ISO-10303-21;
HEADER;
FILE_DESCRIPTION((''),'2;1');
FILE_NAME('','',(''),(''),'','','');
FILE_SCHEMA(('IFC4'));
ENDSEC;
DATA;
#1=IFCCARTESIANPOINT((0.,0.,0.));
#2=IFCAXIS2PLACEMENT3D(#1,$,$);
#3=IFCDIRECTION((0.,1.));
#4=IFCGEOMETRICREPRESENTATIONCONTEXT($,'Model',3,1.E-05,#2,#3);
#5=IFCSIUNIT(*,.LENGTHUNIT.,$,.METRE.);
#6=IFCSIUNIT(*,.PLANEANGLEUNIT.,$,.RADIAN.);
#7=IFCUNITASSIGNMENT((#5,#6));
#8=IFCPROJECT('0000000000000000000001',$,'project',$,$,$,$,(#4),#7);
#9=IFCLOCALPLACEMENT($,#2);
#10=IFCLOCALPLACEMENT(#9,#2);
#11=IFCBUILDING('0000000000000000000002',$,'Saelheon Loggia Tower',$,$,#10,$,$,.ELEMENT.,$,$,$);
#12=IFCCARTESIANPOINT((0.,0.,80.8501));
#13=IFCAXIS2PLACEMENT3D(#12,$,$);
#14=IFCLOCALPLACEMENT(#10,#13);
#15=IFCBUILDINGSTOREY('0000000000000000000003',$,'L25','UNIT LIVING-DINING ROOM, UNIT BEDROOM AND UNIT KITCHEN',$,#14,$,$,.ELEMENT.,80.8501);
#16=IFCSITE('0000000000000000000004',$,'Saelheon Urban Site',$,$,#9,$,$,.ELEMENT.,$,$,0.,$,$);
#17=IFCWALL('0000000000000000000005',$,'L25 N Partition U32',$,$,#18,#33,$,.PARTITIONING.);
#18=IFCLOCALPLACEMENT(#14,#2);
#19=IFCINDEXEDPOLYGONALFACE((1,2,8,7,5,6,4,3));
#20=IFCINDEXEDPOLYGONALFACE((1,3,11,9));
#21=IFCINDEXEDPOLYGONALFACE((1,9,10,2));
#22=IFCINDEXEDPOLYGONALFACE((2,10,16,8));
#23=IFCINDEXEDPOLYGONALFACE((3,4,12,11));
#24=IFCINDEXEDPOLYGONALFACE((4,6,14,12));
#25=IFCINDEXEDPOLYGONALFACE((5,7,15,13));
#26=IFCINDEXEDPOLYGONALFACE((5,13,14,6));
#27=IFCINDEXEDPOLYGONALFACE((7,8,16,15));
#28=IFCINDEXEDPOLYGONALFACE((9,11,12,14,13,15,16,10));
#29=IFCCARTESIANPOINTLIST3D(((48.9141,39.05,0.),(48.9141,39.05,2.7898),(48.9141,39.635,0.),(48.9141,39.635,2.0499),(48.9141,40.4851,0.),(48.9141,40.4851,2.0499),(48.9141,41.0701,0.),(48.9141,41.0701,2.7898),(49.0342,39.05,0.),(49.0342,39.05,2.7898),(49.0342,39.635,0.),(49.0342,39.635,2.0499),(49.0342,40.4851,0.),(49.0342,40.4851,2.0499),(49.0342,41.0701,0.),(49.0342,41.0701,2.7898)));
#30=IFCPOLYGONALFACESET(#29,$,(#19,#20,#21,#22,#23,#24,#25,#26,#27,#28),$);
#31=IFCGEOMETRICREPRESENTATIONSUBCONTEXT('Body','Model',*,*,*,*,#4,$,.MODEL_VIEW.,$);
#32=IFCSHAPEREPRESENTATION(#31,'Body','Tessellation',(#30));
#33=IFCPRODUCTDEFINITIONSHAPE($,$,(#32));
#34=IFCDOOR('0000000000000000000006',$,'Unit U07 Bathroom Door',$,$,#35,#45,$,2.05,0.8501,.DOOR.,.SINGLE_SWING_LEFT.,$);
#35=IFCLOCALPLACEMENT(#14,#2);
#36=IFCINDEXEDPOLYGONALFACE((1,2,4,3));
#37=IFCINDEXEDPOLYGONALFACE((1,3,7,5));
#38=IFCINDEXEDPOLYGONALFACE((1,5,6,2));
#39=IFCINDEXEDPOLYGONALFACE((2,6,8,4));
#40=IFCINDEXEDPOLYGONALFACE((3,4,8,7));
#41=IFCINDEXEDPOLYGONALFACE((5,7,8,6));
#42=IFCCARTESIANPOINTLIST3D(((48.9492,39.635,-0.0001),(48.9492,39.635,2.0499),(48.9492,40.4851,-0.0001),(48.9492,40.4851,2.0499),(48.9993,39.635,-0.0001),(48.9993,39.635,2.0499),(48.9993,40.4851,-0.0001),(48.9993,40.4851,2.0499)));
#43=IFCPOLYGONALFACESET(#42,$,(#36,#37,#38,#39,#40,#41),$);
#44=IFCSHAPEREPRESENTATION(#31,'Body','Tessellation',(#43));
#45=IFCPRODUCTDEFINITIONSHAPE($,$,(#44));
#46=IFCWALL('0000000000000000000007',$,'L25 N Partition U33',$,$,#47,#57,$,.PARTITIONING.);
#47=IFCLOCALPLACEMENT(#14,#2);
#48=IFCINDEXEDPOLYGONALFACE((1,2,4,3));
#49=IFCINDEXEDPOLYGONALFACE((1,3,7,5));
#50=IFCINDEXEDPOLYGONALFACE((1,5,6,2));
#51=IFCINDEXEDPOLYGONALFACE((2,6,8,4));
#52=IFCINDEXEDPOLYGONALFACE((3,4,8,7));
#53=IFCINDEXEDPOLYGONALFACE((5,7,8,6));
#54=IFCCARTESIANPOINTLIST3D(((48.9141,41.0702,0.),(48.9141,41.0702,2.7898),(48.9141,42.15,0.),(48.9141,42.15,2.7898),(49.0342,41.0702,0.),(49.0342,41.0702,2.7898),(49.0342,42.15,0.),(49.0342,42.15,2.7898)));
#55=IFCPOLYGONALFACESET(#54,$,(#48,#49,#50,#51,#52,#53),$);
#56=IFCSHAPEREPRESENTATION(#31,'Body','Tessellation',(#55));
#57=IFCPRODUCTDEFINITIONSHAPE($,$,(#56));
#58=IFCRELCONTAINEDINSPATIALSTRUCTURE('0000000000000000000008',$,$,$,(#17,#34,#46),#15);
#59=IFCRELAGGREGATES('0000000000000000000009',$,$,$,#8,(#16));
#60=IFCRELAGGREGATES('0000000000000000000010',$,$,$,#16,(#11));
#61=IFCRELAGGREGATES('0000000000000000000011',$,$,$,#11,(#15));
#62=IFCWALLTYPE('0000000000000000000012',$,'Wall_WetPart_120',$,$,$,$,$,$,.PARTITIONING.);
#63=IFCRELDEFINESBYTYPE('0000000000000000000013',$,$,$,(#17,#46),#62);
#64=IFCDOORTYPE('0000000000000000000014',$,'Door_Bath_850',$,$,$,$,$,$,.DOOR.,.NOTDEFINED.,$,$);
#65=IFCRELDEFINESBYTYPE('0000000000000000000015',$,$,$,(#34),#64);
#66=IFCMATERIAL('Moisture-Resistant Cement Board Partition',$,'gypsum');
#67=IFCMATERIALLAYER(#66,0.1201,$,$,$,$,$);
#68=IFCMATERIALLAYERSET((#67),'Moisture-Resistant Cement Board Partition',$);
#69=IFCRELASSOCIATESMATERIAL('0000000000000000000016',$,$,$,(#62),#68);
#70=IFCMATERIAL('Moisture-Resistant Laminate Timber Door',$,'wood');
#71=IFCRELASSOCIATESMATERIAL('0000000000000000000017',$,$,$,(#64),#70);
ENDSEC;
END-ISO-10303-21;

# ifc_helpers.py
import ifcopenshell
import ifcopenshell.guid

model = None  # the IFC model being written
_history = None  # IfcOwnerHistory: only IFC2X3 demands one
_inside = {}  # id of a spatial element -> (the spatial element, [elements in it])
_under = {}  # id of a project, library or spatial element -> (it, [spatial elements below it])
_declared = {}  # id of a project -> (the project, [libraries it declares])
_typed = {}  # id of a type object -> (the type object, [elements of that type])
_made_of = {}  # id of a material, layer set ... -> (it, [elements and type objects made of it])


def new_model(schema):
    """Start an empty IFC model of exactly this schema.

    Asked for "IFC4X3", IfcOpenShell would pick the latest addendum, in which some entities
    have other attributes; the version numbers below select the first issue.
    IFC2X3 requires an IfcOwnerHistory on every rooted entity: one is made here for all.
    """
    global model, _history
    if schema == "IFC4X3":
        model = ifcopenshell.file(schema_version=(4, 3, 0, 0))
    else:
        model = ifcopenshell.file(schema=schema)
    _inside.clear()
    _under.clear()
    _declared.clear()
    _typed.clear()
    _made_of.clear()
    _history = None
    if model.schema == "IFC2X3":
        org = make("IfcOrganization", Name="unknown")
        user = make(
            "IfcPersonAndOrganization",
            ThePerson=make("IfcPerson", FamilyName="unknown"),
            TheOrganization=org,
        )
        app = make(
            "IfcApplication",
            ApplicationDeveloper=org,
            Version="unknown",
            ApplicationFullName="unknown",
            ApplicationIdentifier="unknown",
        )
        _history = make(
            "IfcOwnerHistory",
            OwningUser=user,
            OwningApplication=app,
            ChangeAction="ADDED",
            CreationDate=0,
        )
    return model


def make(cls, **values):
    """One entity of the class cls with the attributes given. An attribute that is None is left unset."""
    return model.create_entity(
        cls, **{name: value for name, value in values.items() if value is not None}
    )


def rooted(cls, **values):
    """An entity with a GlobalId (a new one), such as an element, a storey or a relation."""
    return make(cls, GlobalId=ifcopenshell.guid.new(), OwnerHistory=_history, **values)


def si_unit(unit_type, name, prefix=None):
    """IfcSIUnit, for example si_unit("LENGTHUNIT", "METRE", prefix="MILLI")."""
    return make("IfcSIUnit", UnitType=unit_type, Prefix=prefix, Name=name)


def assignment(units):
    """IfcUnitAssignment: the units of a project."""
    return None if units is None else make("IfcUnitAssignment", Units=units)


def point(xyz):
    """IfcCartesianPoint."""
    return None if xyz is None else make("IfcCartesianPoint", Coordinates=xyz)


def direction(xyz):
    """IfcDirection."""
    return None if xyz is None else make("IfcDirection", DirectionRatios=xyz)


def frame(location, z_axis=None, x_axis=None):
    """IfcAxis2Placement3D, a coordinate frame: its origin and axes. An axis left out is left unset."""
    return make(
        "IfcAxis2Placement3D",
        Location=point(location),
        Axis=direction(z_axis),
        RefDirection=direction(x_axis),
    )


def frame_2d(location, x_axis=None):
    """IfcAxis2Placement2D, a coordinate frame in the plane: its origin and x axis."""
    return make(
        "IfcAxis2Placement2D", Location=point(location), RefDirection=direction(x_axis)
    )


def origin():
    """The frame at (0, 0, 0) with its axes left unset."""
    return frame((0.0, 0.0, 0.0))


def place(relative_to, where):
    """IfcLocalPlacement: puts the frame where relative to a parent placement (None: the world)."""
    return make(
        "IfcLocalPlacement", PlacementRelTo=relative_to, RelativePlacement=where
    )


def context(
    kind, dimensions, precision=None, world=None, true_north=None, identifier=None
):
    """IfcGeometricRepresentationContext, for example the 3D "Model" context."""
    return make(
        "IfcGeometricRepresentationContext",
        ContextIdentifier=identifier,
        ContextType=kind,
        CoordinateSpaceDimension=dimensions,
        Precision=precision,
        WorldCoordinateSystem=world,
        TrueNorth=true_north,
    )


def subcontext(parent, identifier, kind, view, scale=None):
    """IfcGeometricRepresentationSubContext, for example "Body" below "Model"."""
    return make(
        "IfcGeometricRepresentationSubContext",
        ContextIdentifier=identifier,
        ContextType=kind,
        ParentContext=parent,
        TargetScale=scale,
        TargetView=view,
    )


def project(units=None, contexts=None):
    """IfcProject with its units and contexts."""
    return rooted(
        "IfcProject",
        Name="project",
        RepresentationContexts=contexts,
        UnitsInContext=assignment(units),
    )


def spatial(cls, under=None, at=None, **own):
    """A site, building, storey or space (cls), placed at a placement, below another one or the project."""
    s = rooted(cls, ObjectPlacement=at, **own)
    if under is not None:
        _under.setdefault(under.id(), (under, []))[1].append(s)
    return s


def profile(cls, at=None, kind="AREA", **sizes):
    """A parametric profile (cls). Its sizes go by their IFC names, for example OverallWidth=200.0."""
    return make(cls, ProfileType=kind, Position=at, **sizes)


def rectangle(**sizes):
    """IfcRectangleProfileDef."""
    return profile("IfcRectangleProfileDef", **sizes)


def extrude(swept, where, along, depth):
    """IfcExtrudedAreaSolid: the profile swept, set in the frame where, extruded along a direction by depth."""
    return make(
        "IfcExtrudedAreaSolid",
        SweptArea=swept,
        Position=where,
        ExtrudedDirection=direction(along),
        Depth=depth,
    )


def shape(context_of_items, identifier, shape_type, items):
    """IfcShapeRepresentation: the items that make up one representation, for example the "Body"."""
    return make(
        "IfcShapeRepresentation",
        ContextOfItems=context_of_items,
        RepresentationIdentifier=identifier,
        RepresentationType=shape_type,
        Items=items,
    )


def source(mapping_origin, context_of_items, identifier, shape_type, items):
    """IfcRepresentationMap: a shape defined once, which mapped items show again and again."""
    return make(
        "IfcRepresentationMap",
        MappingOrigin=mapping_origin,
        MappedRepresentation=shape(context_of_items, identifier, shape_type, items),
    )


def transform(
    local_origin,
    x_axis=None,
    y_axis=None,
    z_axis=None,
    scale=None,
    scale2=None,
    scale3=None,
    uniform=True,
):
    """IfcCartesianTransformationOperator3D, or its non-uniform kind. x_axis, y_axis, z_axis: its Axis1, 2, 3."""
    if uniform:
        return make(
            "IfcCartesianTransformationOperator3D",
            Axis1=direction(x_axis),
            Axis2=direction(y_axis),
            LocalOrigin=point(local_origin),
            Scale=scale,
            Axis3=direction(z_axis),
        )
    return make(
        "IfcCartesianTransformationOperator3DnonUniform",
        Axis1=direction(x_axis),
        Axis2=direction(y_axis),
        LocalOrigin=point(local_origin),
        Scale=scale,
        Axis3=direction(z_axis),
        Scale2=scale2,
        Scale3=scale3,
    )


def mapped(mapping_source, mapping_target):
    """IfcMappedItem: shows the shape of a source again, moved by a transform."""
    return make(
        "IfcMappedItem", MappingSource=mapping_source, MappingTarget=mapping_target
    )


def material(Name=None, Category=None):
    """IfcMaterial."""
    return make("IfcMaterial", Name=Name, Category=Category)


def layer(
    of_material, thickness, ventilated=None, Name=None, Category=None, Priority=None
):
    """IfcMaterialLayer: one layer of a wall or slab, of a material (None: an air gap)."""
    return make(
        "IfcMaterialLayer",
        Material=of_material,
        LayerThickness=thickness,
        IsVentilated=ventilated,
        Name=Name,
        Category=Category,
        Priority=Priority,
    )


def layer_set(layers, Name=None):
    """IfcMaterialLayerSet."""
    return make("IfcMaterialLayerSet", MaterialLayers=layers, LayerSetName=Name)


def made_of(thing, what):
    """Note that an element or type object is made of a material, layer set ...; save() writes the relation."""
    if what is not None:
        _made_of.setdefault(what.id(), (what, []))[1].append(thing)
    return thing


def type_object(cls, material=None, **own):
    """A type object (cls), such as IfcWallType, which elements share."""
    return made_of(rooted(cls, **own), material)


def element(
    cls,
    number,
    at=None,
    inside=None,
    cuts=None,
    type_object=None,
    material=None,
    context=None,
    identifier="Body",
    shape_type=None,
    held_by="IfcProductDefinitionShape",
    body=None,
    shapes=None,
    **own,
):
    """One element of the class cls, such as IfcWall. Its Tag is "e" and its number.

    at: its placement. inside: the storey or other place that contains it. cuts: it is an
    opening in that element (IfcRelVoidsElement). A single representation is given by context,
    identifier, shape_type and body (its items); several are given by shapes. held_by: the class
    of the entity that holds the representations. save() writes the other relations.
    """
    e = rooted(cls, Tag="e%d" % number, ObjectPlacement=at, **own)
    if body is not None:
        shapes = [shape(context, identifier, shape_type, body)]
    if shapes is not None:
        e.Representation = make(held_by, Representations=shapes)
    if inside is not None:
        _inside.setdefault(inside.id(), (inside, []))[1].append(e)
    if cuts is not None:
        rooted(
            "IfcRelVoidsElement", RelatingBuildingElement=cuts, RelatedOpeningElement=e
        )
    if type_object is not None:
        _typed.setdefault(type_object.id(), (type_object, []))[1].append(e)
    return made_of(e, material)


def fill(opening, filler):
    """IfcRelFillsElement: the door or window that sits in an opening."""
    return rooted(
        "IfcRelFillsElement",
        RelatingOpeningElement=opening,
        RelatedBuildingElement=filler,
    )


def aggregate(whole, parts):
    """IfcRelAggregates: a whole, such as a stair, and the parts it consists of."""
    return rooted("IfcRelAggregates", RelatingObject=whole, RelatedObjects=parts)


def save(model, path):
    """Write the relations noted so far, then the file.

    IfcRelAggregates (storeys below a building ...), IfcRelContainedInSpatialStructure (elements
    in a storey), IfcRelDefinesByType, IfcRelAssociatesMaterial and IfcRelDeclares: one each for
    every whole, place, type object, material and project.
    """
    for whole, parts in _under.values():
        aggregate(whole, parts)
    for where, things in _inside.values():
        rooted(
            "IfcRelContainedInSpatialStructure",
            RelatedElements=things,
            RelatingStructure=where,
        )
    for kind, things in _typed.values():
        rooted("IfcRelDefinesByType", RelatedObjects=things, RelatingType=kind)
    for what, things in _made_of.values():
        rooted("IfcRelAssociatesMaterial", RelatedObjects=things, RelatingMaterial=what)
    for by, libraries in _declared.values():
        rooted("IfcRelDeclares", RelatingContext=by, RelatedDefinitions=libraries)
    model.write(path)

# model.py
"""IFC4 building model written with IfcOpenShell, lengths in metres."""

from ifc_helpers import new_model, si_unit, direction, frame, frame_2d, origin, place, context, subcontext, project, spatial, rectangle, extrude, source, transform, mapped, material, layer, layer_set, type_object, element, fill, save


model = new_model("IFC4")

# Units and contexts
model_context = context("Model", 3, precision=1e-05, world=origin(), true_north=direction((0.0, 1.0)))
body_context = subcontext(model_context, "Body", "Model", "MODEL_VIEW")
ifc_project = project(units=[si_unit("LENGTHUNIT", "METRE"), si_unit("PLANEANGLEUNIT", "RADIAN")], contexts=[model_context])

# Site, building, storey
site_placement = place(None, origin())
site = spatial("IfcSite", under=ifc_project, at=site_placement, Name="Saelheon Urban Site", CompositionType="ELEMENT", RefElevation=0.0)
building_placement = place(site_placement, origin())
building = spatial("IfcBuilding", under=site, at=building_placement, Name="Saelheon Loggia Tower", CompositionType="ELEMENT")
storey_placement = place(building_placement, frame((0.0, 0.0, 80.8501)))
storey = spatial("IfcBuildingStorey", under=building, at=storey_placement, Name="L25", Description="UNIT LIVING-DINING ROOM, UNIT BEDROOM AND UNIT KITCHEN", CompositionType="ELEMENT", Elevation=80.8501)

# Shared definitions
ifc_material_1 = material(Name="Moisture-Resistant Cement Board Partition", Category="gypsum")
ifc_layer_1 = layer(ifc_material_1, 0.1201)
ifc_layer_set_1 = layer_set([ifc_layer_1], Name="Moisture-Resistant Cement Board Partition")
wall_type_1 = type_object("IfcWallType", Name="Wall_WetPart_120", PredefinedType="PARTITIONING", material=ifc_layer_set_1)

# Wall, opening, door
wall_1_placement = place(storey_placement, frame((48.9741, 39.05, 0.0), z_axis=(0.0, 0.0, 1.0), x_axis=(0.0, 1.0, 0.0)))
wall_1 = element("IfcWall", 1, at=wall_1_placement, inside=storey, type_object=wall_type_1, Name="L25 N Partition U32", PredefinedType="PARTITIONING", context=body_context, shape_type="SweptSolid", body=[
    extrude(rectangle(XDim=2.02, YDim=0.1201, at=frame_2d((1.01, 0.0))), origin(), (0.0, 0.0, 1.0), 2.7898),
])
opening_1_placement = place(wall_1_placement, frame((0.585, 0.0, 0.0)))
opening_1 = element("IfcOpeningElement", 2, at=opening_1_placement, cuts=wall_1, PredefinedType="OPENING", context=body_context, shape_type="SweptSolid", body=[
    extrude(rectangle(XDim=0.8501, YDim=2.05, at=frame_2d((0.425, 1.0249))), frame((0.0, 0.072, 0.0), z_axis=(0.0, -1.0, 0.0), x_axis=(1.0, 0.0, 0.0)), (0.0, 0.0, 1.0), 0.144),
])
ifc_material_2 = material(Name="Moisture-Resistant Laminate Timber Door", Category="wood")
door_type_1 = type_object("IfcDoorType", Name="Door_Bath_850", OperationType="NOTDEFINED", PredefinedType="DOOR", material=ifc_material_2)
shared_shape_1 = source(origin(), body_context, "Body", "SweptSolid", [
    extrude(rectangle(XDim=0.8501, YDim=2.05, at=frame_2d((0.425, 1.0249))), frame((0.0, 0.0249, 0.0), z_axis=(0.0, -1.0, 0.0), x_axis=(1.0, 0.0, 0.0)), (0.0, 0.0, 1.0), 0.05),
])
door_1_placement = place(opening_1_placement, origin())
door_1 = element("IfcDoor", 3, at=door_1_placement, inside=storey, type_object=door_type_1, Name="Unit U07 Bathroom Door", OperationType="SINGLE_SWING_LEFT", OverallHeight=2.05, OverallWidth=0.8501, PredefinedType="DOOR", context=body_context, shape_type="MappedRepresentation", body=[
    mapped(shared_shape_1, transform((0.0, 0.0, 0.0), scale=1.0)),
])
fill(opening_1, door_1)

# Wall
wall_2_placement = place(storey_placement, frame((48.9741, 41.0701, 0.0), z_axis=(0.0, 0.0, 1.0), x_axis=(0.0, 1.0, 0.0)))
element("IfcWall", 4, at=wall_2_placement, inside=storey, type_object=wall_type_1, Name="L25 N Partition U33", PredefinedType="PARTITIONING", context=body_context, shape_type="SweptSolid", body=[
    extrude(rectangle(XDim=1.0798, YDim=0.1201, at=frame_2d((0.54, 0.0))), origin(), (0.0, 0.0, 1.0), 2.7898),
])

save(model, "model.ifc")
